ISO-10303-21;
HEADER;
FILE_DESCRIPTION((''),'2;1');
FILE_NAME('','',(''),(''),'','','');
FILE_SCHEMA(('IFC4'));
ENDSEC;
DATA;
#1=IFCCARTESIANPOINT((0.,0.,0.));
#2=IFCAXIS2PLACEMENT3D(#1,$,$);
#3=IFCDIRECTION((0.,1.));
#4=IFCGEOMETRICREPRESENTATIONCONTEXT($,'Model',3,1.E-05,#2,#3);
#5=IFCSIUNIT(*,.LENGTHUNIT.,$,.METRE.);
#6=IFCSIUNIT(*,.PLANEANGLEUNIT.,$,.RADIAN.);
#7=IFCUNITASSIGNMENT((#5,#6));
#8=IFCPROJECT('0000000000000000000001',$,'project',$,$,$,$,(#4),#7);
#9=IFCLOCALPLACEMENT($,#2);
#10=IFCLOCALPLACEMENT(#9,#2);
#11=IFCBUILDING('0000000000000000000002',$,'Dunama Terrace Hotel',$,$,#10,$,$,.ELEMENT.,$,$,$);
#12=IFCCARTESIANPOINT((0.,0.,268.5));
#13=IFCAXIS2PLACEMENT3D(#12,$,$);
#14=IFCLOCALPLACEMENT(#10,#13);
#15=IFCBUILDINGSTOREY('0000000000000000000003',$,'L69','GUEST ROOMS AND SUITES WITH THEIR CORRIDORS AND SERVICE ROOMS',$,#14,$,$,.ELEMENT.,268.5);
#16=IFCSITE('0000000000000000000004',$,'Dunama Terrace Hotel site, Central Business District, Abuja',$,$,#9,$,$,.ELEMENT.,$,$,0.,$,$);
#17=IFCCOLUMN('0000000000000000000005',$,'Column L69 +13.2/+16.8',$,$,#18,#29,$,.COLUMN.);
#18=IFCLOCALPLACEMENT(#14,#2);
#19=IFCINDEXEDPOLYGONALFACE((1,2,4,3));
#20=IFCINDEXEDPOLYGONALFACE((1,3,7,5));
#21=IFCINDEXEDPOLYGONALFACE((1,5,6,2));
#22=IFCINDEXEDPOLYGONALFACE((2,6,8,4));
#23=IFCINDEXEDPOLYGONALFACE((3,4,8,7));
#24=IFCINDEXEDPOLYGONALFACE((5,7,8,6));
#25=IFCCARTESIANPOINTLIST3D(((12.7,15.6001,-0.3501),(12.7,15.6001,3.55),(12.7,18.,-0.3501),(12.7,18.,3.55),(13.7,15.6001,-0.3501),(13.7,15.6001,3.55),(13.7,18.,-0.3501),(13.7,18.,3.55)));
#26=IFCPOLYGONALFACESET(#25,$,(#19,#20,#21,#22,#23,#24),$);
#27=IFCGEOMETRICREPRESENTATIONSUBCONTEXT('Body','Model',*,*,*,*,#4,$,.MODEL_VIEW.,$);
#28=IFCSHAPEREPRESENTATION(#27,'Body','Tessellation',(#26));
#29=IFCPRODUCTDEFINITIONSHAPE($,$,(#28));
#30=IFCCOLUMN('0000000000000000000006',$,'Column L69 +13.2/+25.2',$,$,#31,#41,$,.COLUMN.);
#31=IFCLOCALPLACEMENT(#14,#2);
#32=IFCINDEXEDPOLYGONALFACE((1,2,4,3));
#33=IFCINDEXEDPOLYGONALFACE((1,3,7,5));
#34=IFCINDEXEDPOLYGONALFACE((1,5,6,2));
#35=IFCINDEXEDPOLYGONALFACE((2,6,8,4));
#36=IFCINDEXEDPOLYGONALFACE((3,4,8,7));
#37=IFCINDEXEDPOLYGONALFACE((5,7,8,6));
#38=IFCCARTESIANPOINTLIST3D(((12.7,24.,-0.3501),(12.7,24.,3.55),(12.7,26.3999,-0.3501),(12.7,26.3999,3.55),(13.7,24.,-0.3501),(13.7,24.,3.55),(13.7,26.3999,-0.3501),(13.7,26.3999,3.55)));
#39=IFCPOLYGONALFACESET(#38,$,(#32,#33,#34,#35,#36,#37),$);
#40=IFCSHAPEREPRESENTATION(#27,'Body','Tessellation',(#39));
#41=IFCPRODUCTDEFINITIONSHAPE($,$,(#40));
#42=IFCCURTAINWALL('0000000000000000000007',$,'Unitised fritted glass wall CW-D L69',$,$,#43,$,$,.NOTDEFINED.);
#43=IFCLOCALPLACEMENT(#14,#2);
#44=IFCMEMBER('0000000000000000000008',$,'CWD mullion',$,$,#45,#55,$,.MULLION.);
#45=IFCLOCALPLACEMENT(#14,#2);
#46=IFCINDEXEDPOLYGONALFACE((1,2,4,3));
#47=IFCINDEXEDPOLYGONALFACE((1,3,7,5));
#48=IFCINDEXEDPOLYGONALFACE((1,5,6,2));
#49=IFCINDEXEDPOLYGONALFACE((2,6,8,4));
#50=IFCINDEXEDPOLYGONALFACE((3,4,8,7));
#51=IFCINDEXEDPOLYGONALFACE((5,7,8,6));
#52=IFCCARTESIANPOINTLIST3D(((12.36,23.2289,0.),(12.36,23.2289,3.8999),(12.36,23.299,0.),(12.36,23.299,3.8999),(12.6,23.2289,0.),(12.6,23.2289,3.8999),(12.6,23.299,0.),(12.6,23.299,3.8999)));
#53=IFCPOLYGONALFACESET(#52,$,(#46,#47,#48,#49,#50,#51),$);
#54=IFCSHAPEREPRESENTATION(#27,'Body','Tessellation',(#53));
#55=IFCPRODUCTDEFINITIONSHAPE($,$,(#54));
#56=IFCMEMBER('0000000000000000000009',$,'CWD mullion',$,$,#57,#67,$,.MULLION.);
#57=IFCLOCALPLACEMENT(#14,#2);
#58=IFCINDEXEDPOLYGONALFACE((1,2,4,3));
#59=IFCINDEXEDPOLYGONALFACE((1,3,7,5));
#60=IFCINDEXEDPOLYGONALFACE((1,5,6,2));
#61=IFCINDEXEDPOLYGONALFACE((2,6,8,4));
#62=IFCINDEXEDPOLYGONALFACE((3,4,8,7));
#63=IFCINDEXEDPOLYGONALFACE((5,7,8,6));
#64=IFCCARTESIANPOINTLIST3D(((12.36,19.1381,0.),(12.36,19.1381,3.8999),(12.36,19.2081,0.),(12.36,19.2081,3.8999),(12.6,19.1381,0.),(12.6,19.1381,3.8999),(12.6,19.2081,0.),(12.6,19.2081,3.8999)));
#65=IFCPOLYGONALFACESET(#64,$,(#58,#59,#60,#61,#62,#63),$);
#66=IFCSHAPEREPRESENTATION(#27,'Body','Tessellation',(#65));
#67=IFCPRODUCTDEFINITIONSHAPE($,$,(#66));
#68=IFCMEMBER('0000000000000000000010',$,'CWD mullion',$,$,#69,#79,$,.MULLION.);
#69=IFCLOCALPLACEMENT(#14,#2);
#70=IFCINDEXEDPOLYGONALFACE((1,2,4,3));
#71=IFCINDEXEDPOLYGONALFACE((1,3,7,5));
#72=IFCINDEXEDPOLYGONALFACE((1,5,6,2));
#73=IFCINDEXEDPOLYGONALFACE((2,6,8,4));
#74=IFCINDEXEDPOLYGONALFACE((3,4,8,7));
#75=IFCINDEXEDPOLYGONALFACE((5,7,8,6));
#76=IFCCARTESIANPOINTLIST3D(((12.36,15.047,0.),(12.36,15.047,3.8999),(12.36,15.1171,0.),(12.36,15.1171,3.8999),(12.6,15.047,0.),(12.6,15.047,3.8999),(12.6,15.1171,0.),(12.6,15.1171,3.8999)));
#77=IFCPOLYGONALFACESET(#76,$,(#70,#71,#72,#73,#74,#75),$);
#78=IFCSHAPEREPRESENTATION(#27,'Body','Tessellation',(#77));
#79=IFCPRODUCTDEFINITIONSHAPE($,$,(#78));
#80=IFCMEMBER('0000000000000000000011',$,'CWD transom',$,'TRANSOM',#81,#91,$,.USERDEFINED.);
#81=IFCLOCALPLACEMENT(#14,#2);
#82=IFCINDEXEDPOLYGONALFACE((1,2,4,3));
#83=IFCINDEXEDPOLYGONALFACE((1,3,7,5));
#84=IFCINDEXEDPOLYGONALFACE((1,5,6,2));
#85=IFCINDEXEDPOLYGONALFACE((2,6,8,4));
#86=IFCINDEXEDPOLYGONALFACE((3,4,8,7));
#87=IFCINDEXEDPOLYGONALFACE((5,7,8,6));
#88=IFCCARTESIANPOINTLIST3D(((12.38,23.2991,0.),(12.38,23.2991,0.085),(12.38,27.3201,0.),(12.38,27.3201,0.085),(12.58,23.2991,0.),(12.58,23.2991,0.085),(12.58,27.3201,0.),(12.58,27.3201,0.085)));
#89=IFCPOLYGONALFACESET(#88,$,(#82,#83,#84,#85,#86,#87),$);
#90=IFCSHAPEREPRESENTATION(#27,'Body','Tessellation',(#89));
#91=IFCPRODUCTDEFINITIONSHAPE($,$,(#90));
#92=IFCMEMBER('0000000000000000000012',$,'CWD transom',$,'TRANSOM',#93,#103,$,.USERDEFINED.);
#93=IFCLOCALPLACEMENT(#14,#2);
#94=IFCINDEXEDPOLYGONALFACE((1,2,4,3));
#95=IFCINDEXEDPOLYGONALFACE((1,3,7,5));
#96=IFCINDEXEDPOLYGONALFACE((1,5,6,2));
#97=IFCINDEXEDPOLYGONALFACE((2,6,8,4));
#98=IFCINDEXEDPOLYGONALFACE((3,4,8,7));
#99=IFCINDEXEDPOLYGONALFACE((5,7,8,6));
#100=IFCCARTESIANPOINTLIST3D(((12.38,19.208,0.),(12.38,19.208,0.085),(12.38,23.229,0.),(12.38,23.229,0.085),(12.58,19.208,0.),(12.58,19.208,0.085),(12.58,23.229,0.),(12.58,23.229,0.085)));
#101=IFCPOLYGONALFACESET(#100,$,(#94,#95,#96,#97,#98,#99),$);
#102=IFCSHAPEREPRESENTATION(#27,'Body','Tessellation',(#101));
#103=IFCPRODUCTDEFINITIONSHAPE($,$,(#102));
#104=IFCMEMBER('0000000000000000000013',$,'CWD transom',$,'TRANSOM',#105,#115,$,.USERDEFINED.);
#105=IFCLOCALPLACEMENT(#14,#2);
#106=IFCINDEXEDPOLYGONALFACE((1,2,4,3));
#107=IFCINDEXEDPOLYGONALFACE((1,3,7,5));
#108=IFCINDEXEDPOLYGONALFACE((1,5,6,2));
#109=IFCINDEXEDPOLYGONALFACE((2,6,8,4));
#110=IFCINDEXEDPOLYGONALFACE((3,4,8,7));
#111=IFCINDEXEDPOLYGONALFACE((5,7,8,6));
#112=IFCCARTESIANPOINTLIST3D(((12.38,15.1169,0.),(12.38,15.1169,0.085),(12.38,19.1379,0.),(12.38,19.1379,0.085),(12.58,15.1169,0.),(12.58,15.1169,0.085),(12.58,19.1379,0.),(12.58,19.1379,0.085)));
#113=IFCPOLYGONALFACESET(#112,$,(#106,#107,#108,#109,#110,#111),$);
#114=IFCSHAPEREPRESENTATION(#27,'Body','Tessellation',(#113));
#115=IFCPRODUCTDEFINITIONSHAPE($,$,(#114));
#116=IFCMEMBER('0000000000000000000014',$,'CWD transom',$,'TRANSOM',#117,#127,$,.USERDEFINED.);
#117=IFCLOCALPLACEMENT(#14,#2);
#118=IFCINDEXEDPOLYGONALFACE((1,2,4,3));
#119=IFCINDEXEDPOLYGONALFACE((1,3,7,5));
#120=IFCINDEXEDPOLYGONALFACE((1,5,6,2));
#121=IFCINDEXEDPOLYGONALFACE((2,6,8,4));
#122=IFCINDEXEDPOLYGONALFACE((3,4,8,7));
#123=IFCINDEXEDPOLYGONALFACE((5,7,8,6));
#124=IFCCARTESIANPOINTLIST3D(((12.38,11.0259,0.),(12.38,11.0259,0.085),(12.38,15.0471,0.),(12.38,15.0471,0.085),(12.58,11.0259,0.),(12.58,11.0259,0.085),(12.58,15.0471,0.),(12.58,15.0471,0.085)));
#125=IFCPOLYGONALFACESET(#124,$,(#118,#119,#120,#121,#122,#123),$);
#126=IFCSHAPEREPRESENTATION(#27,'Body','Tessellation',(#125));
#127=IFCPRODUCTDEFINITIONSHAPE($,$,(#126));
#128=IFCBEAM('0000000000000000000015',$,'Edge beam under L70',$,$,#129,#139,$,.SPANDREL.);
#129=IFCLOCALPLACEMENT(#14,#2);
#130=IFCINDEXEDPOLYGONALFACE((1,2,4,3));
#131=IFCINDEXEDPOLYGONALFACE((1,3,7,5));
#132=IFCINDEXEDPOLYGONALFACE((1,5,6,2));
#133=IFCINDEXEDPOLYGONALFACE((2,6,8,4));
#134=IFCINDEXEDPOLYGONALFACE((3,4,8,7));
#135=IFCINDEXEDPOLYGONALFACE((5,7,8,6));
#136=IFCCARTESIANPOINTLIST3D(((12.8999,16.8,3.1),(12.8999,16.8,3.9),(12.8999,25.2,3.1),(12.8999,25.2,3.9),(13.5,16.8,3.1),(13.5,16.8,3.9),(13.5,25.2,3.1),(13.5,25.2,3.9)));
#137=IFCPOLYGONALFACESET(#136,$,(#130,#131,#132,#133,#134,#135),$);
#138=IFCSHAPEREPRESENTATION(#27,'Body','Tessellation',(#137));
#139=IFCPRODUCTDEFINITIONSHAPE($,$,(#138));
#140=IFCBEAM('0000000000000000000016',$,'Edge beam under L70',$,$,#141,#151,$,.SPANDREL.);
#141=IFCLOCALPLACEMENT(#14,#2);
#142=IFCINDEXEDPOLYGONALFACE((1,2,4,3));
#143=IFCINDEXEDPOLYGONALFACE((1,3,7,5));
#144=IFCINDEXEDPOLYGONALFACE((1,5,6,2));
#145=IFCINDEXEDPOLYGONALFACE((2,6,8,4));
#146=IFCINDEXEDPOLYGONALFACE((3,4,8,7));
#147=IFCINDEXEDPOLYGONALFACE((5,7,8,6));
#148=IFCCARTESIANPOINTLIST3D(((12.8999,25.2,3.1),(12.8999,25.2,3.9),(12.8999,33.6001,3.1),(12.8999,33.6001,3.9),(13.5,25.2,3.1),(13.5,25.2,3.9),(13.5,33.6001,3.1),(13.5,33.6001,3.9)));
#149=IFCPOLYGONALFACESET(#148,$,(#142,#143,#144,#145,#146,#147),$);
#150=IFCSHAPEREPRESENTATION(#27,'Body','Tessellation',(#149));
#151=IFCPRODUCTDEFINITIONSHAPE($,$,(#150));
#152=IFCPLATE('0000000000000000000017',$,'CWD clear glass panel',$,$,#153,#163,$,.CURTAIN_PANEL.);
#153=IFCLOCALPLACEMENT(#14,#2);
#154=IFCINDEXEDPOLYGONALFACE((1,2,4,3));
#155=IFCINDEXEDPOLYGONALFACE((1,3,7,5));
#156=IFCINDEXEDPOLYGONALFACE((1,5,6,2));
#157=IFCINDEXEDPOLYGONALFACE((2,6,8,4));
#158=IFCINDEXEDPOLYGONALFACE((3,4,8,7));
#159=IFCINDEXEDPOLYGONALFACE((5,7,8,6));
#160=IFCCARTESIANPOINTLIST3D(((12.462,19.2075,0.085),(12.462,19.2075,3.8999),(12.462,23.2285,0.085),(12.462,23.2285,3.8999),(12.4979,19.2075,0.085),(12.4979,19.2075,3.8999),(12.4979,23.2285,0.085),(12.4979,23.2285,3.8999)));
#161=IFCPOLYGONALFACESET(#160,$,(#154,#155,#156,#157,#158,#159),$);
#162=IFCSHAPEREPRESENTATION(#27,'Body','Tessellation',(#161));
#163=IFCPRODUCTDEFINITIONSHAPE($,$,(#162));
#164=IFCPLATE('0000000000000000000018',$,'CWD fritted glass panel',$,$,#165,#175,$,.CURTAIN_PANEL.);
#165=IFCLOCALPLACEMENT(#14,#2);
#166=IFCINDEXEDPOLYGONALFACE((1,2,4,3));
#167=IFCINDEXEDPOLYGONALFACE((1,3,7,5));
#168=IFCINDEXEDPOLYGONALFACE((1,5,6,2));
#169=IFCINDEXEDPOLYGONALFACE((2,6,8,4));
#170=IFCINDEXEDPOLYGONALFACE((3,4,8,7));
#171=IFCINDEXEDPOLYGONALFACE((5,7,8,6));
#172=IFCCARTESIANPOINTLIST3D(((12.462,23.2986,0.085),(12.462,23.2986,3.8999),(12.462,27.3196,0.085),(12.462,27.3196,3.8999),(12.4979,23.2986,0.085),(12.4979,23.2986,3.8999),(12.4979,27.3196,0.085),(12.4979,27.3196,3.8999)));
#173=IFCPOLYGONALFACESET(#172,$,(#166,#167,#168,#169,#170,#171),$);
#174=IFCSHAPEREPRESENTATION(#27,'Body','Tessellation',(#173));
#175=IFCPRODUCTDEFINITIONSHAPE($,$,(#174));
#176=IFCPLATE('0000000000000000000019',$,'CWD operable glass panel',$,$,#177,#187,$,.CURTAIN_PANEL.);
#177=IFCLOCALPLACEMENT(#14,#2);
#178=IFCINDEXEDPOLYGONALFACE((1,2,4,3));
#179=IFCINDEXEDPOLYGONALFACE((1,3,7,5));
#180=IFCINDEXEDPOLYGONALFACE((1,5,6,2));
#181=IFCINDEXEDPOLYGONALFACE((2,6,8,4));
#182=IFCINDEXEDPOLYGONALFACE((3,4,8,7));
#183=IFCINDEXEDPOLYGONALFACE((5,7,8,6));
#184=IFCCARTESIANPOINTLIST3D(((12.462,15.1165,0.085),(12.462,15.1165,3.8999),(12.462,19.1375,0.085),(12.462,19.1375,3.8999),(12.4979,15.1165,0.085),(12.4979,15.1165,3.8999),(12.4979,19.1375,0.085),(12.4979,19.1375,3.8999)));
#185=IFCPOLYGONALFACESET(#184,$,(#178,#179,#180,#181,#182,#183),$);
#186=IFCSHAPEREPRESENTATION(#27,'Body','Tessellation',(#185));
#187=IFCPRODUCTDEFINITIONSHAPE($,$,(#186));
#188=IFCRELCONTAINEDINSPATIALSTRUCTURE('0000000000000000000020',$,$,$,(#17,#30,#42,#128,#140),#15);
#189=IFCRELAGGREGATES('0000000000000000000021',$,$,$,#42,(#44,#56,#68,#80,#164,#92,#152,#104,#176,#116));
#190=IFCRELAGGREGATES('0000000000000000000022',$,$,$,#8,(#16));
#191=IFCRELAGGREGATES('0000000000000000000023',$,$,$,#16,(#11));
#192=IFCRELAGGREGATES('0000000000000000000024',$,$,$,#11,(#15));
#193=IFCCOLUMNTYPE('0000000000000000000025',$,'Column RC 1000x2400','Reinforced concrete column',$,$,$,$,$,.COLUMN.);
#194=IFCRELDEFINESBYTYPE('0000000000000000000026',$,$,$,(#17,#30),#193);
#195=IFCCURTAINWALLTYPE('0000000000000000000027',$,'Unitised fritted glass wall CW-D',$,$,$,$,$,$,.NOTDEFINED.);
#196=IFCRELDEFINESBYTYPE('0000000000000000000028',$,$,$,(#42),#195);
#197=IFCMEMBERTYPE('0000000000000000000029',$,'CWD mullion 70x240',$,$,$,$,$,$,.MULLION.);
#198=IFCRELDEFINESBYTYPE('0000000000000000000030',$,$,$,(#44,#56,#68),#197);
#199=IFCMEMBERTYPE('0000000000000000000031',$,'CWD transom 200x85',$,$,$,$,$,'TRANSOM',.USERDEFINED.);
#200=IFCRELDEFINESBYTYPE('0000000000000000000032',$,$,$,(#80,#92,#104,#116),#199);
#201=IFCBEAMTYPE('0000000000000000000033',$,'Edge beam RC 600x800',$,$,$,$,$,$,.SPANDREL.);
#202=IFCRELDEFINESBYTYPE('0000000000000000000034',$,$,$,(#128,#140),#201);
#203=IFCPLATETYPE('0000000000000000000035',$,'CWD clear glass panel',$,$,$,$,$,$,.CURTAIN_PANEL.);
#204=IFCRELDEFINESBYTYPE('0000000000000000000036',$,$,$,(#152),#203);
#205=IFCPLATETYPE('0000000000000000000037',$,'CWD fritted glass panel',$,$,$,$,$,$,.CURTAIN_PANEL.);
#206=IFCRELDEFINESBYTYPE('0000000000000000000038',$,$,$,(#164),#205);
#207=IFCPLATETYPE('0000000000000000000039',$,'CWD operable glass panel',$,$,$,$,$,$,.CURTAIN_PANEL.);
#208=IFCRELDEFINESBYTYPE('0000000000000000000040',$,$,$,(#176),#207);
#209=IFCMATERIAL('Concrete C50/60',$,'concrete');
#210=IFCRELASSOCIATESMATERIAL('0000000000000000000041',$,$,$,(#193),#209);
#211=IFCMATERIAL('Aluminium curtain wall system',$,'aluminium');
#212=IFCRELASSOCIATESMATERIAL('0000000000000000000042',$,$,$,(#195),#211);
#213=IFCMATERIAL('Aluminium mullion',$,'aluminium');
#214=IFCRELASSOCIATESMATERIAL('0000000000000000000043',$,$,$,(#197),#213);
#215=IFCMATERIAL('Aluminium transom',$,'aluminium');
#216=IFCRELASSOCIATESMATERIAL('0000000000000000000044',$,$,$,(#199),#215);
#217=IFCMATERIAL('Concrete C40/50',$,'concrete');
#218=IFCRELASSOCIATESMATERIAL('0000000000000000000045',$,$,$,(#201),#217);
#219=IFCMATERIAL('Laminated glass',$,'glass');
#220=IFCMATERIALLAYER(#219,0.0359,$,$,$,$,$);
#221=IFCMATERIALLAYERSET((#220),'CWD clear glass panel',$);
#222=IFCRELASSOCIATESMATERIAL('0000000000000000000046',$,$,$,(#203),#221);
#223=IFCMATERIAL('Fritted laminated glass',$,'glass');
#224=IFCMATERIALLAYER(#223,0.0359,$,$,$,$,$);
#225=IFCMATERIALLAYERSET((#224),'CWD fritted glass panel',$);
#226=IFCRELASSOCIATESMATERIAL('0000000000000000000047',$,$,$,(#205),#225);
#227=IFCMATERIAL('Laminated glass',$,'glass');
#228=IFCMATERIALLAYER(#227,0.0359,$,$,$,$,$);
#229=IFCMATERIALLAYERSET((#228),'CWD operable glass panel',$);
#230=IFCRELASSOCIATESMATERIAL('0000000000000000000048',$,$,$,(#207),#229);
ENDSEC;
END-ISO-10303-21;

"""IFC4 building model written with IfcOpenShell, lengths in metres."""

from ifc_helpers import new_model, si_unit, direction, frame, origin, origin_2d, place, context, subcontext, project, spatial, rectangle, extrude, material, layer, layer_set, material_profile, profile_set, type_object, element, aggregate, save


model = new_model("IFC4")

# Units and contexts
model_context = context("Model", 3, precision=1e-05, world=origin(), true_north=direction((0.0, 1.0)))
body_context = subcontext(model_context, "Body", "Model", "MODEL_VIEW")
ifc_project = project(units=[si_unit("LENGTHUNIT", "METRE"), si_unit("PLANEANGLEUNIT", "RADIAN")], contexts=[model_context])

# Site, building, storey
site_placement = place(None, origin())
site = spatial("IfcSite", under=ifc_project, at=site_placement, Name="Dunama Terrace Hotel site, Central Business District, Abuja", CompositionType="ELEMENT", RefElevation=0.0)
building_placement = place(site_placement, origin())
building = spatial("IfcBuilding", under=site, at=building_placement, Name="Dunama Terrace Hotel", CompositionType="ELEMENT")
storey_placement = place(building_placement, frame((0.0, 0.0, 268.5)))
storey = spatial("IfcBuildingStorey", under=building, at=storey_placement, Name="L69", Description="GUEST ROOMS AND SUITES WITH THEIR CORRIDORS AND SERVICE ROOMS", CompositionType="ELEMENT", Elevation=268.5)

# Columns
ifc_material_1 = material(Name="Concrete C50/60", Category="concrete")
ifc_material_profile_1 = material_profile(ifc_material_1, rectangle(XDim=1.0, YDim=2.3999, at=origin_2d()), Name="RC 1000x2400")
ifc_profile_set_1 = profile_set([ifc_material_profile_1], Name="Concrete C50/60")
column_type = type_object("IfcColumnType", Name="Column RC 1000x2400", Description="Reinforced concrete column", PredefinedType="COLUMN", material=ifc_profile_set_1)
for number, where, z_axis, x_axis, name in (
    (1, (13.2, 16.8, -0.3501), (0.0, 0.0, 1.0), (1.0, 0.0, 0.0), "Column L69 +13.2/+16.8"),
    (2, (13.2, 25.2, -0.3501), (0.0, 0.0, 1.0), (1.0, 0.0, 0.0), "Column L69 +13.2/+25.2"),
):
    element("IfcColumn", number, at=place(storey_placement, frame(where, z_axis=z_axis, x_axis=x_axis)), inside=storey, type_object=column_type, Name=name, PredefinedType="COLUMN", context=body_context, shape_type="SweptSolid", body=[
        extrude(rectangle(XDim=1.0, YDim=2.3999, at=origin_2d()), origin(), (0.0, 0.0, 1.0), 3.9001),
    ])

# Curtain wall, members
ifc_material_2 = material(Name="Aluminium curtain wall system", Category="aluminium")
curtain_wall_type = type_object("IfcCurtainWallType", Name="Unitised fritted glass wall CW-D", PredefinedType="NOTDEFINED", material=ifc_material_2)
curtain_wall_placement = place(storey_placement, origin())
curtain_wall = element("IfcCurtainWall", 3, at=curtain_wall_placement, inside=storey, type_object=curtain_wall_type, Name="Unitised fritted glass wall CW-D L69", PredefinedType="NOTDEFINED")
ifc_material_3 = material(Name="Aluminium mullion", Category="aluminium")
ifc_material_profile_2 = material_profile(ifc_material_3, rectangle(XDim=0.0701, YDim=0.24, at=origin_2d()), Name="CWD MULLION 70X240")
ifc_profile_set_2 = profile_set([ifc_material_profile_2], Name="Aluminium mullion")
member_type_1 = type_object("IfcMemberType", Name="CWD mullion 70x240", PredefinedType="MULLION", material=ifc_profile_set_2)
member_1_placement = place(storey_placement, frame((12.48, 23.2639, 0.0), z_axis=(0.0, 0.0, 1.0), x_axis=(0.0, -1.0, 0.0)))
member_1 = element("IfcMember", 4, at=member_1_placement, type_object=member_type_1, Name="CWD mullion", PredefinedType="MULLION", context=body_context, shape_type="SweptSolid", body=[
    extrude(rectangle(XDim=0.0701, YDim=0.24, at=origin_2d()), origin(), (0.0, 0.0, 1.0), 3.8999),
])
member_2_placement = place(storey_placement, frame((12.48, 19.1731, 0.0), z_axis=(0.0, 0.0, 1.0), x_axis=(0.0, -1.0, 0.0)))
member_2 = element("IfcMember", 5, at=member_2_placement, type_object=member_type_1, Name="CWD mullion", PredefinedType="MULLION", context=body_context, shape_type="SweptSolid", body=[
    extrude(rectangle(XDim=0.0701, YDim=0.24, at=origin_2d()), origin(), (0.0, 0.0, 1.0), 3.8999),
])
member_3_placement = place(storey_placement, frame((12.48, 15.082, 0.0), z_axis=(0.0, 0.0, 1.0), x_axis=(0.0, -1.0, 0.0)))
member_3 = element("IfcMember", 6, at=member_3_placement, type_object=member_type_1, Name="CWD mullion", PredefinedType="MULLION", context=body_context, shape_type="SweptSolid", body=[
    extrude(rectangle(XDim=0.0701, YDim=0.24, at=origin_2d()), origin(), (0.0, 0.0, 1.0), 3.8999),
])
ifc_material_4 = material(Name="Aluminium transom", Category="aluminium")
ifc_material_profile_3 = material_profile(ifc_material_4, rectangle(XDim=0.2, YDim=0.085, at=origin_2d()), Name="CWD TRANSOM 200X85")
ifc_profile_set_3 = profile_set([ifc_material_profile_3], Name="Aluminium transom")
member_type_2 = type_object("IfcMemberType", Name="CWD transom 200x85", ElementType="TRANSOM", PredefinedType="USERDEFINED", material=ifc_profile_set_3)
member_4_placement = place(storey_placement, frame((12.48, 27.3201, 0.0425), z_axis=(0.0, -1.0, 0.0), x_axis=(1.0, 0.0, 0.0)))
member_4 = element("IfcMember", 7, at=member_4_placement, type_object=member_type_2, Name="CWD transom", ObjectType="TRANSOM", PredefinedType="USERDEFINED", context=body_context, shape_type="SweptSolid", body=[
    extrude(rectangle(XDim=0.2, YDim=0.085, at=origin_2d()), origin(), (0.0, 0.0, 1.0), 4.021),
])
member_5_placement = place(storey_placement, frame((12.48, 23.229, 0.0425), z_axis=(0.0, -1.0, 0.0), x_axis=(1.0, 0.0, 0.0)))
member_5 = element("IfcMember", 8, at=member_5_placement, type_object=member_type_2, Name="CWD transom", ObjectType="TRANSOM", PredefinedType="USERDEFINED", context=body_context, shape_type="SweptSolid", body=[
    extrude(rectangle(XDim=0.2, YDim=0.085, at=origin_2d()), origin(), (0.0, 0.0, 1.0), 4.021),
])
member_6_placement = place(storey_placement, frame((12.48, 19.1379, 0.0425), z_axis=(0.0, -1.0, 0.0), x_axis=(1.0, 0.0, 0.0)))
member_6 = element("IfcMember", 9, at=member_6_placement, type_object=member_type_2, Name="CWD transom", ObjectType="TRANSOM", PredefinedType="USERDEFINED", context=body_context, shape_type="SweptSolid", body=[
    extrude(rectangle(XDim=0.2, YDim=0.085, at=origin_2d()), origin(), (0.0, 0.0, 1.0), 4.021),
])
member_7_placement = place(storey_placement, frame((12.48, 15.0471, 0.0425), z_axis=(0.0, -1.0, 0.0), x_axis=(1.0, 0.0, 0.0)))
member_7 = element("IfcMember", 10, at=member_7_placement, type_object=member_type_2, Name="CWD transom", ObjectType="TRANSOM", PredefinedType="USERDEFINED", context=body_context, shape_type="SweptSolid", body=[
    extrude(rectangle(XDim=0.2, YDim=0.085, at=origin_2d()), origin(), (0.0, 0.0, 1.0), 4.0212),
])

# Beams
ifc_material_5 = material(Name="Concrete C40/50", Category="concrete")
ifc_material_profile_4 = material_profile(ifc_material_5, rectangle(XDim=0.6001, YDim=0.8, at=origin_2d()), Name="RC 600x800")
ifc_profile_set_4 = profile_set([ifc_material_profile_4], Name="Concrete C40/50")
beam_type = type_object("IfcBeamType", Name="Edge beam RC 600x800", PredefinedType="SPANDREL", material=ifc_profile_set_4)
beam_1_placement = place(storey_placement, frame((13.2, 16.8, 3.5), z_axis=(0.0, 1.0, 0.0), x_axis=(-1.0, 0.0, 0.0)))
element("IfcBeam", 11, at=beam_1_placement, inside=storey, type_object=beam_type, Name="Edge beam under L70", PredefinedType="SPANDREL", context=body_context, shape_type="SweptSolid", body=[
    extrude(rectangle(XDim=0.6001, YDim=0.8, at=origin_2d()), origin(), (0.0, 0.0, 1.0), 8.3999),
])
beam_2_placement = place(storey_placement, frame((13.2, 25.2, 3.5), z_axis=(0.0, 1.0, 0.0), x_axis=(-1.0, 0.0, 0.0)))
element("IfcBeam", 12, at=beam_2_placement, inside=storey, type_object=beam_type, Name="Edge beam under L70", PredefinedType="SPANDREL", context=body_context, shape_type="SweptSolid", body=[
    extrude(rectangle(XDim=0.6001, YDim=0.8, at=origin_2d()), origin(), (0.0, 0.0, 1.0), 8.4001),
])

# Plates
ifc_material_6 = material(Name="Laminated glass", Category="glass")
ifc_layer_1 = layer(ifc_material_6, 0.0359)
ifc_layer_set_1 = layer_set([ifc_layer_1], Name="CWD clear glass panel")
plate_type_1 = type_object("IfcPlateType", Name="CWD clear glass panel", PredefinedType="CURTAIN_PANEL", material=ifc_layer_set_1)
plate_1_placement = place(storey_placement, frame((12.48, 21.218, 0.085), z_axis=(0.0, 0.0, 1.0), x_axis=(0.0, -1.0, 0.0)))
plate_1 = element("IfcPlate", 13, at=plate_1_placement, type_object=plate_type_1, Name="CWD clear glass panel", PredefinedType="CURTAIN_PANEL", context=body_context, shape_type="SweptSolid", body=[
    extrude(rectangle(XDim=4.021, YDim=0.0359, at=origin_2d()), origin(), (0.0, 0.0, 1.0), 3.8149),
])
ifc_material_7 = material(Name="Fritted laminated glass", Category="glass")
ifc_layer_2 = layer(ifc_material_7, 0.0359)
ifc_layer_set_2 = layer_set([ifc_layer_2], Name="CWD fritted glass panel")
plate_type_2 = type_object("IfcPlateType", Name="CWD fritted glass panel", PredefinedType="CURTAIN_PANEL", material=ifc_layer_set_2)
plate_2_placement = place(storey_placement, frame((12.48, 25.3091, 0.085), z_axis=(0.0, 0.0, 1.0), x_axis=(0.0, -1.0, 0.0)))
plate_2 = element("IfcPlate", 14, at=plate_2_placement, type_object=plate_type_2, Name="CWD fritted glass panel", PredefinedType="CURTAIN_PANEL", context=body_context, shape_type="SweptSolid", body=[
    extrude(rectangle(XDim=4.021, YDim=0.0359, at=origin_2d()), origin(), (0.0, 0.0, 1.0), 3.8149),
])
ifc_material_8 = material(Name="Laminated glass", Category="glass")
ifc_layer_3 = layer(ifc_material_8, 0.0359)
ifc_layer_set_3 = layer_set([ifc_layer_3], Name="CWD operable glass panel")
plate_type_3 = type_object("IfcPlateType", Name="CWD operable glass panel", PredefinedType="CURTAIN_PANEL", material=ifc_layer_set_3)
plate_3_placement = place(storey_placement, frame((12.48, 17.127, 0.085), z_axis=(0.0, 0.0, 1.0), x_axis=(0.0, -1.0, 0.0)))
plate_3 = element("IfcPlate", 15, at=plate_3_placement, type_object=plate_type_3, Name="CWD operable glass panel", PredefinedType="CURTAIN_PANEL", context=body_context, shape_type="SweptSolid", body=[
    extrude(rectangle(XDim=4.021, YDim=0.0359, at=origin_2d()), origin(), (0.0, 0.0, 1.0), 3.8149),
])
aggregate(curtain_wall, [member_1, member_2, member_3, member_4, plate_2, member_5, plate_1, member_6, plate_3, member_7])

save(model, "model.ifc")
